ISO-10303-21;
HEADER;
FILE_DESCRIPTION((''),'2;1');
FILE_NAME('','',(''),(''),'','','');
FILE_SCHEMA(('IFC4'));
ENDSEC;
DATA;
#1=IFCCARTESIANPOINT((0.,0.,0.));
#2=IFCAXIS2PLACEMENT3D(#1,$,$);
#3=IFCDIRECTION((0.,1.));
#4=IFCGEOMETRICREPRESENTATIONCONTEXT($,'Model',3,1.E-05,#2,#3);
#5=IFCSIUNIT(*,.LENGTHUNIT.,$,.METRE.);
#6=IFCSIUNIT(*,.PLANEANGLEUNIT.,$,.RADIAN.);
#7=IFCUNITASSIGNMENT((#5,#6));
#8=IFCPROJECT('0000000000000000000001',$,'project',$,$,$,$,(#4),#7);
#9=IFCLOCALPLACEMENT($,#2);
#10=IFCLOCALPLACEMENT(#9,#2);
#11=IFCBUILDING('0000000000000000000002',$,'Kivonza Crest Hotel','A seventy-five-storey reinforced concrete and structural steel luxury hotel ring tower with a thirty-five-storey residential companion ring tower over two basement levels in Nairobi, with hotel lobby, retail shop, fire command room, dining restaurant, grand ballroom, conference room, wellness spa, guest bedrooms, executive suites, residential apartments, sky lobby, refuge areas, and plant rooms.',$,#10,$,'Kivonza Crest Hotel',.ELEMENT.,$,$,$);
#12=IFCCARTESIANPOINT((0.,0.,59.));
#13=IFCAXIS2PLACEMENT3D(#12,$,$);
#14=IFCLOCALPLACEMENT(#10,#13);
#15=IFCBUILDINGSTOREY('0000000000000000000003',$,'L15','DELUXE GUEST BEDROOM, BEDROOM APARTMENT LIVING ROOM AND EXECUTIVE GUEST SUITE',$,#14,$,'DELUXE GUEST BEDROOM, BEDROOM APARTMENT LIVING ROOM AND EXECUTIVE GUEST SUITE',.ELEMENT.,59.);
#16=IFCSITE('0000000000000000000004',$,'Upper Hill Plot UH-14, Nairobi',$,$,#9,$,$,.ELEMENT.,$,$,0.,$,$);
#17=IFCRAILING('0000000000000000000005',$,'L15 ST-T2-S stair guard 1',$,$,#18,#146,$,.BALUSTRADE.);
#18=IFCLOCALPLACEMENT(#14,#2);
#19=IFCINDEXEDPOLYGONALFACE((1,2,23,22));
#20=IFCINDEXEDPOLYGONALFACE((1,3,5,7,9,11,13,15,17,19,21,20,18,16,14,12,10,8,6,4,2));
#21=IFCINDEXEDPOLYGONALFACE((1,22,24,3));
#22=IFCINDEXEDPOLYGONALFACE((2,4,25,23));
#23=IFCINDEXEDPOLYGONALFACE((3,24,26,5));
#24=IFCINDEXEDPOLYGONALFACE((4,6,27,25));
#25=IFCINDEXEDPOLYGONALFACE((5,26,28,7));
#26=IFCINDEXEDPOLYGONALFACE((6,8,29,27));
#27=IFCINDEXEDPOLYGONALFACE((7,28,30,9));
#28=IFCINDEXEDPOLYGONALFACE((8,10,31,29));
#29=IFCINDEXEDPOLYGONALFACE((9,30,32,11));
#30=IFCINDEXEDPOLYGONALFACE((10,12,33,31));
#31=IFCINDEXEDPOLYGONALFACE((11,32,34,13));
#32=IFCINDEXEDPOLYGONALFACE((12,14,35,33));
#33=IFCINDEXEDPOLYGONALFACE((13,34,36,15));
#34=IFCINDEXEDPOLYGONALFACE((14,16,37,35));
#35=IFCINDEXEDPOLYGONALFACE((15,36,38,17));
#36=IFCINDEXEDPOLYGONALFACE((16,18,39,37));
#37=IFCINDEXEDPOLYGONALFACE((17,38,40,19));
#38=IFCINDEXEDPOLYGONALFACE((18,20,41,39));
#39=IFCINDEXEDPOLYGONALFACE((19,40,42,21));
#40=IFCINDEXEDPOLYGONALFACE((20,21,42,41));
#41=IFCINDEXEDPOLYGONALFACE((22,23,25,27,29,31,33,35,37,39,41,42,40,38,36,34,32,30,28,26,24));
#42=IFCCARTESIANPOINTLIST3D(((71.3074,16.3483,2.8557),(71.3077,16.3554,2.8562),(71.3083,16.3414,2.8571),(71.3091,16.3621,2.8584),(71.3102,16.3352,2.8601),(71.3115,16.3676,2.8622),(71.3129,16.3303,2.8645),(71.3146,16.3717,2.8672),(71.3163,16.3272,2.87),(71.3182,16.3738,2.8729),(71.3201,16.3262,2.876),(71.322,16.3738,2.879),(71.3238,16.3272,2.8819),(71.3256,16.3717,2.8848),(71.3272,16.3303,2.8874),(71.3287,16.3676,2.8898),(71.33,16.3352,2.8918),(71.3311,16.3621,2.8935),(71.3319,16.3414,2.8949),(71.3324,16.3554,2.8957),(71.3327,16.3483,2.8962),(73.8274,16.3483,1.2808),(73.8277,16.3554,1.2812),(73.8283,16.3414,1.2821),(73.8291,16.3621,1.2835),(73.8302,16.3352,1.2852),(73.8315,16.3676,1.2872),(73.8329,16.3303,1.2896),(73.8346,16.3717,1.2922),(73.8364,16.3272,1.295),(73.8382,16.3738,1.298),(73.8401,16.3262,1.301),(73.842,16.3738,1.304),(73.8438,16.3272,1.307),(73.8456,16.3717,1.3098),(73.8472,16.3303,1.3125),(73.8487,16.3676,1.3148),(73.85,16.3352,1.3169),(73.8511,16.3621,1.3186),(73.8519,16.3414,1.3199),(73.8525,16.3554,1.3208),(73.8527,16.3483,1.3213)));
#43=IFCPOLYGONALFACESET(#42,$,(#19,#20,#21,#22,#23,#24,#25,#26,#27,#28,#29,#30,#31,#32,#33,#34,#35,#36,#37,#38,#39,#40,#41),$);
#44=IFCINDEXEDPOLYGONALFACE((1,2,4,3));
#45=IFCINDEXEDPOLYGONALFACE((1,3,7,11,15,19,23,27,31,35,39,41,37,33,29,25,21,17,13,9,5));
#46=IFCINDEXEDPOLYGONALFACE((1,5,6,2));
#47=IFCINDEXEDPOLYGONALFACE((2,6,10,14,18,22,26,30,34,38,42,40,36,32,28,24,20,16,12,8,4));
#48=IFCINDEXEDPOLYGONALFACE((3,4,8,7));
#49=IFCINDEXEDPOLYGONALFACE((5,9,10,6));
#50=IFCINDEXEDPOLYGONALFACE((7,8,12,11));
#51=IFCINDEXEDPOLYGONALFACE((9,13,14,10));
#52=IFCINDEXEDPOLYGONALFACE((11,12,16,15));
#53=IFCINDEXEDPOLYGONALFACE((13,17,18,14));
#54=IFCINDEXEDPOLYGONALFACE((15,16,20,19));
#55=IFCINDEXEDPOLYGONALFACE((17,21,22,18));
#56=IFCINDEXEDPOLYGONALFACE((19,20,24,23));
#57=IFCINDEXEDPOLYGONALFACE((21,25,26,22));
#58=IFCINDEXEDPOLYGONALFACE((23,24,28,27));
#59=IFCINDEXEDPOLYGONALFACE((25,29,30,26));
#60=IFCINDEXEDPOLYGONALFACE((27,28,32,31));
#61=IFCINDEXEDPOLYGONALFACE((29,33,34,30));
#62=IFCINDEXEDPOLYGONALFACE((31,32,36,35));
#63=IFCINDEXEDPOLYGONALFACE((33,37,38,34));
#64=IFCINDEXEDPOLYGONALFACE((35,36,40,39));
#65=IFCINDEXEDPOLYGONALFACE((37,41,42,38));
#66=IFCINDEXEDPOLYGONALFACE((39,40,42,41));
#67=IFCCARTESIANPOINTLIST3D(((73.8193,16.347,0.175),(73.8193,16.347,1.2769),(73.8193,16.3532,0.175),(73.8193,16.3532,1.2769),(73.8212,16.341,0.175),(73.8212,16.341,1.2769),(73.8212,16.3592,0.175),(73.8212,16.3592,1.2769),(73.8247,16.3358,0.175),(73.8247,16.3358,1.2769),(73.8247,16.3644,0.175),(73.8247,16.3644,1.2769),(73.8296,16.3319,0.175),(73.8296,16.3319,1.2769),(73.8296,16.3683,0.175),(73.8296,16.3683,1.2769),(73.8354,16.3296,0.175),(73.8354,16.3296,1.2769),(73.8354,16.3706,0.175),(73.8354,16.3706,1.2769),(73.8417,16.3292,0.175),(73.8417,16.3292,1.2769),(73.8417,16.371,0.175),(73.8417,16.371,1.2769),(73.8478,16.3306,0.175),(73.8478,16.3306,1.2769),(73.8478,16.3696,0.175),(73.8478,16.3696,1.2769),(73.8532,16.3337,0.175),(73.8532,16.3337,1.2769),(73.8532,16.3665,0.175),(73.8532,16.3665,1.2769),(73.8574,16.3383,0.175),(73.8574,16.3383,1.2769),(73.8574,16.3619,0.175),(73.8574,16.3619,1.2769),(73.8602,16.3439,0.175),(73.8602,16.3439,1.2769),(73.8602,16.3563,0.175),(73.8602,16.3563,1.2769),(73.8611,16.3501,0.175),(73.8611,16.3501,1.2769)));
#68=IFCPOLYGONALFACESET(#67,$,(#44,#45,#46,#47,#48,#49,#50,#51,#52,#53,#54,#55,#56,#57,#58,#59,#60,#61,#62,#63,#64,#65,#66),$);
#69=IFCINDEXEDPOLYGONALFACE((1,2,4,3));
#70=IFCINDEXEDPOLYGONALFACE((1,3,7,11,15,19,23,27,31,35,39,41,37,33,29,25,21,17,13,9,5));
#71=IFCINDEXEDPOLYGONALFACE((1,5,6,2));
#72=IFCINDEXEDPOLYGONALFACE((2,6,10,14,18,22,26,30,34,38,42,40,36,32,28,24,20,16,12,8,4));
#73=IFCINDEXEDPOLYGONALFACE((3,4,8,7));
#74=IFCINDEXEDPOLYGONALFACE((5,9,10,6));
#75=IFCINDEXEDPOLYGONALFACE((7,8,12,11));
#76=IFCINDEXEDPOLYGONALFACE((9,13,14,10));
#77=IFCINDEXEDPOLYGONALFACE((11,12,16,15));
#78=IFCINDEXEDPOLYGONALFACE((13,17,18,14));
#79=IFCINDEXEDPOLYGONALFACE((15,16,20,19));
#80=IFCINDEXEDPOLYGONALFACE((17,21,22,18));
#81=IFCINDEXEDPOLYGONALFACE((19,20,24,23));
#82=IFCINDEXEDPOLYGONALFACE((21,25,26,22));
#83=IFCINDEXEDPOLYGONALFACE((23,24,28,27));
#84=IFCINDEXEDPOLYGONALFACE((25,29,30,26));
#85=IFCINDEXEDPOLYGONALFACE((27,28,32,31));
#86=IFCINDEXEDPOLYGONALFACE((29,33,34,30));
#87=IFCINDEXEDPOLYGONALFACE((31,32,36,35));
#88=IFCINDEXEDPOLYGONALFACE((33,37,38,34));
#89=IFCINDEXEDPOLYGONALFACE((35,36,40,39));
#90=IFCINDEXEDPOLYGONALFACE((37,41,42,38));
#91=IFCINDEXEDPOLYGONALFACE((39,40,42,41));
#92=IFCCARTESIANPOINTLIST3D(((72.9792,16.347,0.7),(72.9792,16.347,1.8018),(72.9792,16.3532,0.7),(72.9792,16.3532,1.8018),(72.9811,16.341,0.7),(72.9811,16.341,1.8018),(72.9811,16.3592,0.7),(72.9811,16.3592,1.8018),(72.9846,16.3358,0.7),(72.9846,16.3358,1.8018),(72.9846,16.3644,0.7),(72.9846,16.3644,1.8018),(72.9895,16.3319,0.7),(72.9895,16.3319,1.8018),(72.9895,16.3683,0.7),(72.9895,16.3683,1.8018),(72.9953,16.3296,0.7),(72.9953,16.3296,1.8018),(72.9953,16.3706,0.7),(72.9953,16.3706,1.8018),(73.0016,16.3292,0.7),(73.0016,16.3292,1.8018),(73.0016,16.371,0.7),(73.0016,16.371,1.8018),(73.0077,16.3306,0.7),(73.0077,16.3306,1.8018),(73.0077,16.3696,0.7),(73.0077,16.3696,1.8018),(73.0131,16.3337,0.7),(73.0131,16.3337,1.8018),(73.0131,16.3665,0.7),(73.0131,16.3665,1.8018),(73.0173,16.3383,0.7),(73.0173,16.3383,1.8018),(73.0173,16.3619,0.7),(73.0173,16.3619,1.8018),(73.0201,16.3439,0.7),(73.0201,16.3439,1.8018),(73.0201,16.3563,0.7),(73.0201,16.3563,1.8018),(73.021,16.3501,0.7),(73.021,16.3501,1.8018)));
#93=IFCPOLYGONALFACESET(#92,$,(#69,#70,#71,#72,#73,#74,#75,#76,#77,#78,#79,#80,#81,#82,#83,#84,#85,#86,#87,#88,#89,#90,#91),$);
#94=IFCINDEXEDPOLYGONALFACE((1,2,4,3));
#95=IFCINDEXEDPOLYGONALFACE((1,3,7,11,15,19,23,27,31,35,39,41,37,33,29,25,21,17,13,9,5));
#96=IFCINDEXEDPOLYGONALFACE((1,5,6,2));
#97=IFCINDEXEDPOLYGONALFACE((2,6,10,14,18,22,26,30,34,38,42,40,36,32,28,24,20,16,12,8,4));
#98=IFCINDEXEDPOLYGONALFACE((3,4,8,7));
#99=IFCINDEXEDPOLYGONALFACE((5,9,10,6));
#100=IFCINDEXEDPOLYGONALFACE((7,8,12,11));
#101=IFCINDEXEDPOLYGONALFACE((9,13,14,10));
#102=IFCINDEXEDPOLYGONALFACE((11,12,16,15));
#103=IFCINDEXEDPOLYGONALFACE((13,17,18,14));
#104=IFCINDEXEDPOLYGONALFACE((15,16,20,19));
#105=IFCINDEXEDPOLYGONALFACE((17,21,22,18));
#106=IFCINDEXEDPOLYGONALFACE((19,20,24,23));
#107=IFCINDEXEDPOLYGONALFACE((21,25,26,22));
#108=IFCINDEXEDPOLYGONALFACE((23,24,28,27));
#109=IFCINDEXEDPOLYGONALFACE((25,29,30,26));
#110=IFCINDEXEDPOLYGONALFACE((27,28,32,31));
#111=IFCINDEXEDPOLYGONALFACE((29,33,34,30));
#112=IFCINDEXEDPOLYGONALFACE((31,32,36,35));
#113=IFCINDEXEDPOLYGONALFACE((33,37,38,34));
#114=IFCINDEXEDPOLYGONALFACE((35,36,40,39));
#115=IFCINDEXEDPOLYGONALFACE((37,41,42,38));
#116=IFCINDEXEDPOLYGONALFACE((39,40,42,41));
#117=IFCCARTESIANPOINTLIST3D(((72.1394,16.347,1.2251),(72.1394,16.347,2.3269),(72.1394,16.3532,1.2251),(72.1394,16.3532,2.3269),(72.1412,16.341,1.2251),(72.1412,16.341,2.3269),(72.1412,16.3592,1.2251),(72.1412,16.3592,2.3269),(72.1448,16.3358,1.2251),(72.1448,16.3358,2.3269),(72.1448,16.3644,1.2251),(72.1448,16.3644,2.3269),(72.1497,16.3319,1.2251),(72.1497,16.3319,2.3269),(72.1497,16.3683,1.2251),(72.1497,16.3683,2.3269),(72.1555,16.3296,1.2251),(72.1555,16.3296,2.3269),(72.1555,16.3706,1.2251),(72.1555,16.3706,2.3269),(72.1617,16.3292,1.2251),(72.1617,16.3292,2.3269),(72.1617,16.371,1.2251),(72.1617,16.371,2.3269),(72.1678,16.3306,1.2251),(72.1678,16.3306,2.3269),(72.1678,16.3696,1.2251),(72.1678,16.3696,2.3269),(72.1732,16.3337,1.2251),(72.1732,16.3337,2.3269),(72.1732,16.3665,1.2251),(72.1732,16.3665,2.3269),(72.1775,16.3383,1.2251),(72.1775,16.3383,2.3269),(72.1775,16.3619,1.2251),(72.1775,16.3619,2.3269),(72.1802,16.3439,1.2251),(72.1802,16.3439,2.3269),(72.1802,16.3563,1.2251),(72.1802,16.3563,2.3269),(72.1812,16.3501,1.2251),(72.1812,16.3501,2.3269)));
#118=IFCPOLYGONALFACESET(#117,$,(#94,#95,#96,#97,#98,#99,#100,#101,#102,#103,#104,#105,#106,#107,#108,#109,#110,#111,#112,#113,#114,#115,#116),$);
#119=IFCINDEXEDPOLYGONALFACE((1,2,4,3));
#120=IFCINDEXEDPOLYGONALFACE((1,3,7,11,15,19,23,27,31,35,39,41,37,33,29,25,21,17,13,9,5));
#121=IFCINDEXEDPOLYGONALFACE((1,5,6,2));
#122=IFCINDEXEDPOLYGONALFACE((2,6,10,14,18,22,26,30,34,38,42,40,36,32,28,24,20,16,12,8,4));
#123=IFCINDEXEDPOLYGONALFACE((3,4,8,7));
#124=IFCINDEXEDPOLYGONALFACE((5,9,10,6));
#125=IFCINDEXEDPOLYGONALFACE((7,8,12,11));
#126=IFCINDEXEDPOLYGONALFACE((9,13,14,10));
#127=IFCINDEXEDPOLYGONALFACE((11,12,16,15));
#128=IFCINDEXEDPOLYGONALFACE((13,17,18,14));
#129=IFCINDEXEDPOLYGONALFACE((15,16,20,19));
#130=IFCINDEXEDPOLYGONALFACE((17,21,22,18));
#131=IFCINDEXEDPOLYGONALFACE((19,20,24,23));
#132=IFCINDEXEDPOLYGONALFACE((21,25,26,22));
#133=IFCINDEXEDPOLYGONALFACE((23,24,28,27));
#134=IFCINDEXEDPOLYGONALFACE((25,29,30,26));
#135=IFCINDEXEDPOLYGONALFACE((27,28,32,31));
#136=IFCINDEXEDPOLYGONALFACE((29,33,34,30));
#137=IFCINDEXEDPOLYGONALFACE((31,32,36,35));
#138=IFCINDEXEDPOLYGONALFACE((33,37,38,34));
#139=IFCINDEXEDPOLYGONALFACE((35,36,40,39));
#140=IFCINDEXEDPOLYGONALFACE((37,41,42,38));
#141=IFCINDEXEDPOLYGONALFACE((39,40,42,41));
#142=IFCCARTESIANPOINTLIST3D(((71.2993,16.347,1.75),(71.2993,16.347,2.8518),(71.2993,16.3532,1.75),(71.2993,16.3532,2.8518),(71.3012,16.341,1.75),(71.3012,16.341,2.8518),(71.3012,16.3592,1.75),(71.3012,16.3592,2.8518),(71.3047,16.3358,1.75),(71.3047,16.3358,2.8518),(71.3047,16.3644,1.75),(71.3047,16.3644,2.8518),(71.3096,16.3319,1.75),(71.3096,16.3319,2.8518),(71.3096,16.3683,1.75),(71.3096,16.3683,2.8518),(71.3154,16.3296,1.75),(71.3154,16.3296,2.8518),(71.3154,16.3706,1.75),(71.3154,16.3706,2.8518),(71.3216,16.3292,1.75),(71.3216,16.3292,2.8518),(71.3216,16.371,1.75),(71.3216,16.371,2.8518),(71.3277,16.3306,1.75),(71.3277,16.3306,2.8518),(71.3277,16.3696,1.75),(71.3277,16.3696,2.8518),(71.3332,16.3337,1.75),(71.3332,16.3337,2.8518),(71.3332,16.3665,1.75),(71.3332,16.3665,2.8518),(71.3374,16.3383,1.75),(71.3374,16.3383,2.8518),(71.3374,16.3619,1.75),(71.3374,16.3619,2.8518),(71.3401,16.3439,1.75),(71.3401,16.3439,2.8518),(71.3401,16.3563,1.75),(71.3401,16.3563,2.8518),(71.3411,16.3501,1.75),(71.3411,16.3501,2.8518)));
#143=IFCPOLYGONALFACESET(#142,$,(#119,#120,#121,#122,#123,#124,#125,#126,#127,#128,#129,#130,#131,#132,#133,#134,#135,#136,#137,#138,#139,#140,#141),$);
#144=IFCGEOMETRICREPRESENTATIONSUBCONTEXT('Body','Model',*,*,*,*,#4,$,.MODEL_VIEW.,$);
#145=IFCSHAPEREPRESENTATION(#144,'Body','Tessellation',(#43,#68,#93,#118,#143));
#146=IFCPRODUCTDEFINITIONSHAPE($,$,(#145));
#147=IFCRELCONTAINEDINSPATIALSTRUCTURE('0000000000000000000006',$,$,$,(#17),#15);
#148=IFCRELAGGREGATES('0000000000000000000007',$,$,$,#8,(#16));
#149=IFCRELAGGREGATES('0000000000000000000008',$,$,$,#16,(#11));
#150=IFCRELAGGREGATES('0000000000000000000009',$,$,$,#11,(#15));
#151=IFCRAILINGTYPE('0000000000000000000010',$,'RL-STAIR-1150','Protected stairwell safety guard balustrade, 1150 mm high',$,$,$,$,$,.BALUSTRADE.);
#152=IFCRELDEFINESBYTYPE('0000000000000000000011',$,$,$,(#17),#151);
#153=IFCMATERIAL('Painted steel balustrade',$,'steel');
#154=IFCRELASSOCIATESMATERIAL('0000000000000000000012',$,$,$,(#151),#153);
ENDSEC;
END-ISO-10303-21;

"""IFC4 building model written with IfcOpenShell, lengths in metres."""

from ifc_helpers import new_model, si_unit, direction, frame, origin, origin_2d, place, context, subcontext, project, spatial, circle, extrude, material, type_object, element, save


model = new_model("IFC4")

# Units and contexts
model_context = context("Model", 3, precision=1e-05, world=origin(), true_north=direction((0.0, 1.0)))
body_context = subcontext(model_context, "Body", "Model", "MODEL_VIEW")
ifc_project = project(units=[si_unit("LENGTHUNIT", "METRE"), si_unit("PLANEANGLEUNIT", "RADIAN")], contexts=[model_context])

# Site, building, storey
site_placement = place(None, origin())
site = spatial("IfcSite", under=ifc_project, at=site_placement, Name="Upper Hill Plot UH-14, Nairobi", CompositionType="ELEMENT", RefElevation=0.0)
building_placement = place(site_placement, origin())
building = spatial("IfcBuilding", under=site, at=building_placement, Name="Kivonza Crest Hotel", Description="A seventy-five-storey reinforced concrete and structural steel luxury hotel ring tower with a thirty-five-storey residential companion ring tower over two basement levels in Nairobi, with hotel lobby, retail shop, fire command room, dining restaurant, grand ballroom, conference room, wellness spa, guest bedrooms, executive suites, residential apartments, sky lobby, refuge areas, and plant rooms.", LongName="Kivonza Crest Hotel", CompositionType="ELEMENT")
storey_placement = place(building_placement, frame((0.0, 0.0, 59.0)))
storey = spatial("IfcBuildingStorey", under=building, at=storey_placement, Name="L15", Description="DELUXE GUEST BEDROOM, BEDROOM APARTMENT LIVING ROOM AND EXECUTIVE GUEST SUITE", LongName="DELUXE GUEST BEDROOM, BEDROOM APARTMENT LIVING ROOM AND EXECUTIVE GUEST SUITE", CompositionType="ELEMENT", Elevation=59.0)

# Railing
ifc_material_1 = material(Name="Painted steel balustrade", Category="steel")
railing_type_1 = type_object("IfcRailingType", Name="RL-STAIR-1150", Description="Protected stairwell safety guard balustrade, 1150 mm high", PredefinedType="BALUSTRADE", material=ifc_material_1)
railing_1_placement = place(storey_placement, frame((73.8401, 16.3501, 0.175)))
element("IfcRailing", 1, at=railing_1_placement, inside=storey, type_object=railing_type_1, Name="L15 ST-T2-S stair guard 1", PredefinedType="BALUSTRADE", context=body_context, shape_type="SweptSolid", body=[
    extrude(circle(Radius=0.0239, at=origin_2d()), frame((0.0, 0.0, 1.126), z_axis=(-0.848008, 0.0, 0.529984), x_axis=(0.0, -1.0, 0.0)), (0.0, 0.0, 1.0), 2.9717),
    extrude(circle(Radius=0.021, at=origin_2d()), origin(), (0.0, 0.0, 1.0), 1.1018),
    extrude(circle(Radius=0.021, at=origin_2d()), frame((-0.8401, 0.0, 0.5249)), (0.0, 0.0, 1.0), 1.1018),
    extrude(circle(Radius=0.021, at=origin_2d()), frame((-1.6799, 0.0, 1.05)), (0.0, 0.0, 1.0), 1.1018),
    extrude(circle(Radius=0.021, at=origin_2d()), frame((-2.52, 0.0, 1.575)), (0.0, 0.0, 1.0), 1.1018),
])

save(model, "model.ifc")
